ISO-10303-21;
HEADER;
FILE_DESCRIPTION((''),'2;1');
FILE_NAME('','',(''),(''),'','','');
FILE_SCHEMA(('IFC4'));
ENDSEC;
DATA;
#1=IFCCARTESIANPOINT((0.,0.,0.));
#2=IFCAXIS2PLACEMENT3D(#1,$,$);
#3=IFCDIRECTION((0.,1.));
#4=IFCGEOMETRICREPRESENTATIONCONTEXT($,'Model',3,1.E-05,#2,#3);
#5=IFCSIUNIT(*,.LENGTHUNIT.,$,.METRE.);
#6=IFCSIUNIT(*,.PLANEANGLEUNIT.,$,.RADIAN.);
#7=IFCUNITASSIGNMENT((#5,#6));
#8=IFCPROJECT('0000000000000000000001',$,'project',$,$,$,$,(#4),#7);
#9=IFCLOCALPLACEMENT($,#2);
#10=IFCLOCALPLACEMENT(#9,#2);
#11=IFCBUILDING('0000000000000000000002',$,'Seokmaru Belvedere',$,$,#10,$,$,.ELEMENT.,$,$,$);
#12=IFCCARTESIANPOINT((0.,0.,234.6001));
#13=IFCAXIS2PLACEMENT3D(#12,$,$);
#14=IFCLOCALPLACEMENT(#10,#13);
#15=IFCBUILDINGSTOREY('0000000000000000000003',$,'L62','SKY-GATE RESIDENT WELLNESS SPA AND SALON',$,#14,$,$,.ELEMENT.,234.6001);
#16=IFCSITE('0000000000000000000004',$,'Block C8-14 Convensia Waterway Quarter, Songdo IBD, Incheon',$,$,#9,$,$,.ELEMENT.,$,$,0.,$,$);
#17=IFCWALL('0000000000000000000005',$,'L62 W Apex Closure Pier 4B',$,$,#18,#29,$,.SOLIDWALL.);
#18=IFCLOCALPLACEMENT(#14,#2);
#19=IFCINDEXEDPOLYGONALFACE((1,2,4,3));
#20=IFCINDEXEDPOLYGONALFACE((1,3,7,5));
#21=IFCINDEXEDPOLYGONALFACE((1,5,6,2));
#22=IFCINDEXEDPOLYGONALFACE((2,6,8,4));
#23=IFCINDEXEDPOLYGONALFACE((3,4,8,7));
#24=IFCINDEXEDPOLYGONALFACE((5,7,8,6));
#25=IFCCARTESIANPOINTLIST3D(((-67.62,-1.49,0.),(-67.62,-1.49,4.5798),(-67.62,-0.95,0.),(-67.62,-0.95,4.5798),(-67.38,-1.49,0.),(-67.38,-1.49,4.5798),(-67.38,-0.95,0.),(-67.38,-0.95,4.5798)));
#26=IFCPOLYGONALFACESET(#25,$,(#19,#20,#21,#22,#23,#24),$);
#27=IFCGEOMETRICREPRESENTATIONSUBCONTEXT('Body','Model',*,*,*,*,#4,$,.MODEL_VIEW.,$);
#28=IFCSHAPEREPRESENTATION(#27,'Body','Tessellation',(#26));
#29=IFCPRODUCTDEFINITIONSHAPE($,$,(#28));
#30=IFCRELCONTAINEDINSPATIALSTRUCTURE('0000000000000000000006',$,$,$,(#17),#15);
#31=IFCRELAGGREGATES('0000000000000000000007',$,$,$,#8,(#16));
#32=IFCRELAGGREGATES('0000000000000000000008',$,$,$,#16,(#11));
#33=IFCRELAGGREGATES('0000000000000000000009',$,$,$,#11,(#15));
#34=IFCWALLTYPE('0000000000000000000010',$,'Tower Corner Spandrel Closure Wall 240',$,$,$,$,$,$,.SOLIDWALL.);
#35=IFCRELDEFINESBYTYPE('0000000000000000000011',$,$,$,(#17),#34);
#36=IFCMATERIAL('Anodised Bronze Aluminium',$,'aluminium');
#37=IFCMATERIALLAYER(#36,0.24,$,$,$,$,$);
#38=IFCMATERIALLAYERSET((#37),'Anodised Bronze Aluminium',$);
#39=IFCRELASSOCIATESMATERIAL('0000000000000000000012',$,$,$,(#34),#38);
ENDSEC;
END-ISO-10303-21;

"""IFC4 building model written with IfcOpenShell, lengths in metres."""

from ifc_helpers import new_model, si_unit, direction, frame, frame_2d, origin, place, context, subcontext, project, spatial, rectangle, extrude, material, layer, layer_set, type_object, element, save


model = new_model("IFC4")

# Units and contexts
model_context = context("Model", 3, precision=1e-05, world=origin(), true_north=direction((0.0, 1.0)))
body_context = subcontext(model_context, "Body", "Model", "MODEL_VIEW")
ifc_project = project(units=[si_unit("LENGTHUNIT", "METRE"), si_unit("PLANEANGLEUNIT", "RADIAN")], contexts=[model_context])

# Site, building, storey
site_placement = place(None, origin())
site = spatial("IfcSite", under=ifc_project, at=site_placement, Name="Block C8-14 Convensia Waterway Quarter, Songdo IBD, Incheon", CompositionType="ELEMENT", RefElevation=0.0)
building_placement = place(site_placement, origin())
building = spatial("IfcBuilding", under=site, at=building_placement, Name="Seokmaru Belvedere", CompositionType="ELEMENT")
storey_placement = place(building_placement, frame((0.0, 0.0, 234.6001)))
storey = spatial("IfcBuildingStorey", under=building, at=storey_placement, Name="L62", Description="SKY-GATE RESIDENT WELLNESS SPA AND SALON", CompositionType="ELEMENT", Elevation=234.6001)

# Shared definitions
ifc_material_1 = material(Name="Anodised Bronze Aluminium", Category="aluminium")

# Wall
ifc_layer_1 = layer(ifc_material_1, 0.24)
ifc_layer_set_1 = layer_set([ifc_layer_1], Name="Anodised Bronze Aluminium")
wall_type_1 = type_object("IfcWallType", Name="Tower Corner Spandrel Closure Wall 240", PredefinedType="SOLIDWALL", material=ifc_layer_set_1)
for number, where, z_axis, x_axis, name in (
    (1, (-67.5, -0.95, 0.0), (0.0, 0.0, 1.0), (0.0, -1.0, 0.0), "L62 W Apex Closure Pier 4B"),
):
    element("IfcWall", number, at=place(storey_placement, frame(where, z_axis=z_axis, x_axis=x_axis)), inside=storey, type_object=wall_type_1, Name=name, PredefinedType="SOLIDWALL", context=body_context, shape_type="SweptSolid", body=[
        extrude(rectangle(XDim=0.54, YDim=0.24, at=frame_2d((0.27, 0.0))), origin(), (0.0, 0.0, 1.0), 4.5798),
    ])

save(model, "model.ifc")
